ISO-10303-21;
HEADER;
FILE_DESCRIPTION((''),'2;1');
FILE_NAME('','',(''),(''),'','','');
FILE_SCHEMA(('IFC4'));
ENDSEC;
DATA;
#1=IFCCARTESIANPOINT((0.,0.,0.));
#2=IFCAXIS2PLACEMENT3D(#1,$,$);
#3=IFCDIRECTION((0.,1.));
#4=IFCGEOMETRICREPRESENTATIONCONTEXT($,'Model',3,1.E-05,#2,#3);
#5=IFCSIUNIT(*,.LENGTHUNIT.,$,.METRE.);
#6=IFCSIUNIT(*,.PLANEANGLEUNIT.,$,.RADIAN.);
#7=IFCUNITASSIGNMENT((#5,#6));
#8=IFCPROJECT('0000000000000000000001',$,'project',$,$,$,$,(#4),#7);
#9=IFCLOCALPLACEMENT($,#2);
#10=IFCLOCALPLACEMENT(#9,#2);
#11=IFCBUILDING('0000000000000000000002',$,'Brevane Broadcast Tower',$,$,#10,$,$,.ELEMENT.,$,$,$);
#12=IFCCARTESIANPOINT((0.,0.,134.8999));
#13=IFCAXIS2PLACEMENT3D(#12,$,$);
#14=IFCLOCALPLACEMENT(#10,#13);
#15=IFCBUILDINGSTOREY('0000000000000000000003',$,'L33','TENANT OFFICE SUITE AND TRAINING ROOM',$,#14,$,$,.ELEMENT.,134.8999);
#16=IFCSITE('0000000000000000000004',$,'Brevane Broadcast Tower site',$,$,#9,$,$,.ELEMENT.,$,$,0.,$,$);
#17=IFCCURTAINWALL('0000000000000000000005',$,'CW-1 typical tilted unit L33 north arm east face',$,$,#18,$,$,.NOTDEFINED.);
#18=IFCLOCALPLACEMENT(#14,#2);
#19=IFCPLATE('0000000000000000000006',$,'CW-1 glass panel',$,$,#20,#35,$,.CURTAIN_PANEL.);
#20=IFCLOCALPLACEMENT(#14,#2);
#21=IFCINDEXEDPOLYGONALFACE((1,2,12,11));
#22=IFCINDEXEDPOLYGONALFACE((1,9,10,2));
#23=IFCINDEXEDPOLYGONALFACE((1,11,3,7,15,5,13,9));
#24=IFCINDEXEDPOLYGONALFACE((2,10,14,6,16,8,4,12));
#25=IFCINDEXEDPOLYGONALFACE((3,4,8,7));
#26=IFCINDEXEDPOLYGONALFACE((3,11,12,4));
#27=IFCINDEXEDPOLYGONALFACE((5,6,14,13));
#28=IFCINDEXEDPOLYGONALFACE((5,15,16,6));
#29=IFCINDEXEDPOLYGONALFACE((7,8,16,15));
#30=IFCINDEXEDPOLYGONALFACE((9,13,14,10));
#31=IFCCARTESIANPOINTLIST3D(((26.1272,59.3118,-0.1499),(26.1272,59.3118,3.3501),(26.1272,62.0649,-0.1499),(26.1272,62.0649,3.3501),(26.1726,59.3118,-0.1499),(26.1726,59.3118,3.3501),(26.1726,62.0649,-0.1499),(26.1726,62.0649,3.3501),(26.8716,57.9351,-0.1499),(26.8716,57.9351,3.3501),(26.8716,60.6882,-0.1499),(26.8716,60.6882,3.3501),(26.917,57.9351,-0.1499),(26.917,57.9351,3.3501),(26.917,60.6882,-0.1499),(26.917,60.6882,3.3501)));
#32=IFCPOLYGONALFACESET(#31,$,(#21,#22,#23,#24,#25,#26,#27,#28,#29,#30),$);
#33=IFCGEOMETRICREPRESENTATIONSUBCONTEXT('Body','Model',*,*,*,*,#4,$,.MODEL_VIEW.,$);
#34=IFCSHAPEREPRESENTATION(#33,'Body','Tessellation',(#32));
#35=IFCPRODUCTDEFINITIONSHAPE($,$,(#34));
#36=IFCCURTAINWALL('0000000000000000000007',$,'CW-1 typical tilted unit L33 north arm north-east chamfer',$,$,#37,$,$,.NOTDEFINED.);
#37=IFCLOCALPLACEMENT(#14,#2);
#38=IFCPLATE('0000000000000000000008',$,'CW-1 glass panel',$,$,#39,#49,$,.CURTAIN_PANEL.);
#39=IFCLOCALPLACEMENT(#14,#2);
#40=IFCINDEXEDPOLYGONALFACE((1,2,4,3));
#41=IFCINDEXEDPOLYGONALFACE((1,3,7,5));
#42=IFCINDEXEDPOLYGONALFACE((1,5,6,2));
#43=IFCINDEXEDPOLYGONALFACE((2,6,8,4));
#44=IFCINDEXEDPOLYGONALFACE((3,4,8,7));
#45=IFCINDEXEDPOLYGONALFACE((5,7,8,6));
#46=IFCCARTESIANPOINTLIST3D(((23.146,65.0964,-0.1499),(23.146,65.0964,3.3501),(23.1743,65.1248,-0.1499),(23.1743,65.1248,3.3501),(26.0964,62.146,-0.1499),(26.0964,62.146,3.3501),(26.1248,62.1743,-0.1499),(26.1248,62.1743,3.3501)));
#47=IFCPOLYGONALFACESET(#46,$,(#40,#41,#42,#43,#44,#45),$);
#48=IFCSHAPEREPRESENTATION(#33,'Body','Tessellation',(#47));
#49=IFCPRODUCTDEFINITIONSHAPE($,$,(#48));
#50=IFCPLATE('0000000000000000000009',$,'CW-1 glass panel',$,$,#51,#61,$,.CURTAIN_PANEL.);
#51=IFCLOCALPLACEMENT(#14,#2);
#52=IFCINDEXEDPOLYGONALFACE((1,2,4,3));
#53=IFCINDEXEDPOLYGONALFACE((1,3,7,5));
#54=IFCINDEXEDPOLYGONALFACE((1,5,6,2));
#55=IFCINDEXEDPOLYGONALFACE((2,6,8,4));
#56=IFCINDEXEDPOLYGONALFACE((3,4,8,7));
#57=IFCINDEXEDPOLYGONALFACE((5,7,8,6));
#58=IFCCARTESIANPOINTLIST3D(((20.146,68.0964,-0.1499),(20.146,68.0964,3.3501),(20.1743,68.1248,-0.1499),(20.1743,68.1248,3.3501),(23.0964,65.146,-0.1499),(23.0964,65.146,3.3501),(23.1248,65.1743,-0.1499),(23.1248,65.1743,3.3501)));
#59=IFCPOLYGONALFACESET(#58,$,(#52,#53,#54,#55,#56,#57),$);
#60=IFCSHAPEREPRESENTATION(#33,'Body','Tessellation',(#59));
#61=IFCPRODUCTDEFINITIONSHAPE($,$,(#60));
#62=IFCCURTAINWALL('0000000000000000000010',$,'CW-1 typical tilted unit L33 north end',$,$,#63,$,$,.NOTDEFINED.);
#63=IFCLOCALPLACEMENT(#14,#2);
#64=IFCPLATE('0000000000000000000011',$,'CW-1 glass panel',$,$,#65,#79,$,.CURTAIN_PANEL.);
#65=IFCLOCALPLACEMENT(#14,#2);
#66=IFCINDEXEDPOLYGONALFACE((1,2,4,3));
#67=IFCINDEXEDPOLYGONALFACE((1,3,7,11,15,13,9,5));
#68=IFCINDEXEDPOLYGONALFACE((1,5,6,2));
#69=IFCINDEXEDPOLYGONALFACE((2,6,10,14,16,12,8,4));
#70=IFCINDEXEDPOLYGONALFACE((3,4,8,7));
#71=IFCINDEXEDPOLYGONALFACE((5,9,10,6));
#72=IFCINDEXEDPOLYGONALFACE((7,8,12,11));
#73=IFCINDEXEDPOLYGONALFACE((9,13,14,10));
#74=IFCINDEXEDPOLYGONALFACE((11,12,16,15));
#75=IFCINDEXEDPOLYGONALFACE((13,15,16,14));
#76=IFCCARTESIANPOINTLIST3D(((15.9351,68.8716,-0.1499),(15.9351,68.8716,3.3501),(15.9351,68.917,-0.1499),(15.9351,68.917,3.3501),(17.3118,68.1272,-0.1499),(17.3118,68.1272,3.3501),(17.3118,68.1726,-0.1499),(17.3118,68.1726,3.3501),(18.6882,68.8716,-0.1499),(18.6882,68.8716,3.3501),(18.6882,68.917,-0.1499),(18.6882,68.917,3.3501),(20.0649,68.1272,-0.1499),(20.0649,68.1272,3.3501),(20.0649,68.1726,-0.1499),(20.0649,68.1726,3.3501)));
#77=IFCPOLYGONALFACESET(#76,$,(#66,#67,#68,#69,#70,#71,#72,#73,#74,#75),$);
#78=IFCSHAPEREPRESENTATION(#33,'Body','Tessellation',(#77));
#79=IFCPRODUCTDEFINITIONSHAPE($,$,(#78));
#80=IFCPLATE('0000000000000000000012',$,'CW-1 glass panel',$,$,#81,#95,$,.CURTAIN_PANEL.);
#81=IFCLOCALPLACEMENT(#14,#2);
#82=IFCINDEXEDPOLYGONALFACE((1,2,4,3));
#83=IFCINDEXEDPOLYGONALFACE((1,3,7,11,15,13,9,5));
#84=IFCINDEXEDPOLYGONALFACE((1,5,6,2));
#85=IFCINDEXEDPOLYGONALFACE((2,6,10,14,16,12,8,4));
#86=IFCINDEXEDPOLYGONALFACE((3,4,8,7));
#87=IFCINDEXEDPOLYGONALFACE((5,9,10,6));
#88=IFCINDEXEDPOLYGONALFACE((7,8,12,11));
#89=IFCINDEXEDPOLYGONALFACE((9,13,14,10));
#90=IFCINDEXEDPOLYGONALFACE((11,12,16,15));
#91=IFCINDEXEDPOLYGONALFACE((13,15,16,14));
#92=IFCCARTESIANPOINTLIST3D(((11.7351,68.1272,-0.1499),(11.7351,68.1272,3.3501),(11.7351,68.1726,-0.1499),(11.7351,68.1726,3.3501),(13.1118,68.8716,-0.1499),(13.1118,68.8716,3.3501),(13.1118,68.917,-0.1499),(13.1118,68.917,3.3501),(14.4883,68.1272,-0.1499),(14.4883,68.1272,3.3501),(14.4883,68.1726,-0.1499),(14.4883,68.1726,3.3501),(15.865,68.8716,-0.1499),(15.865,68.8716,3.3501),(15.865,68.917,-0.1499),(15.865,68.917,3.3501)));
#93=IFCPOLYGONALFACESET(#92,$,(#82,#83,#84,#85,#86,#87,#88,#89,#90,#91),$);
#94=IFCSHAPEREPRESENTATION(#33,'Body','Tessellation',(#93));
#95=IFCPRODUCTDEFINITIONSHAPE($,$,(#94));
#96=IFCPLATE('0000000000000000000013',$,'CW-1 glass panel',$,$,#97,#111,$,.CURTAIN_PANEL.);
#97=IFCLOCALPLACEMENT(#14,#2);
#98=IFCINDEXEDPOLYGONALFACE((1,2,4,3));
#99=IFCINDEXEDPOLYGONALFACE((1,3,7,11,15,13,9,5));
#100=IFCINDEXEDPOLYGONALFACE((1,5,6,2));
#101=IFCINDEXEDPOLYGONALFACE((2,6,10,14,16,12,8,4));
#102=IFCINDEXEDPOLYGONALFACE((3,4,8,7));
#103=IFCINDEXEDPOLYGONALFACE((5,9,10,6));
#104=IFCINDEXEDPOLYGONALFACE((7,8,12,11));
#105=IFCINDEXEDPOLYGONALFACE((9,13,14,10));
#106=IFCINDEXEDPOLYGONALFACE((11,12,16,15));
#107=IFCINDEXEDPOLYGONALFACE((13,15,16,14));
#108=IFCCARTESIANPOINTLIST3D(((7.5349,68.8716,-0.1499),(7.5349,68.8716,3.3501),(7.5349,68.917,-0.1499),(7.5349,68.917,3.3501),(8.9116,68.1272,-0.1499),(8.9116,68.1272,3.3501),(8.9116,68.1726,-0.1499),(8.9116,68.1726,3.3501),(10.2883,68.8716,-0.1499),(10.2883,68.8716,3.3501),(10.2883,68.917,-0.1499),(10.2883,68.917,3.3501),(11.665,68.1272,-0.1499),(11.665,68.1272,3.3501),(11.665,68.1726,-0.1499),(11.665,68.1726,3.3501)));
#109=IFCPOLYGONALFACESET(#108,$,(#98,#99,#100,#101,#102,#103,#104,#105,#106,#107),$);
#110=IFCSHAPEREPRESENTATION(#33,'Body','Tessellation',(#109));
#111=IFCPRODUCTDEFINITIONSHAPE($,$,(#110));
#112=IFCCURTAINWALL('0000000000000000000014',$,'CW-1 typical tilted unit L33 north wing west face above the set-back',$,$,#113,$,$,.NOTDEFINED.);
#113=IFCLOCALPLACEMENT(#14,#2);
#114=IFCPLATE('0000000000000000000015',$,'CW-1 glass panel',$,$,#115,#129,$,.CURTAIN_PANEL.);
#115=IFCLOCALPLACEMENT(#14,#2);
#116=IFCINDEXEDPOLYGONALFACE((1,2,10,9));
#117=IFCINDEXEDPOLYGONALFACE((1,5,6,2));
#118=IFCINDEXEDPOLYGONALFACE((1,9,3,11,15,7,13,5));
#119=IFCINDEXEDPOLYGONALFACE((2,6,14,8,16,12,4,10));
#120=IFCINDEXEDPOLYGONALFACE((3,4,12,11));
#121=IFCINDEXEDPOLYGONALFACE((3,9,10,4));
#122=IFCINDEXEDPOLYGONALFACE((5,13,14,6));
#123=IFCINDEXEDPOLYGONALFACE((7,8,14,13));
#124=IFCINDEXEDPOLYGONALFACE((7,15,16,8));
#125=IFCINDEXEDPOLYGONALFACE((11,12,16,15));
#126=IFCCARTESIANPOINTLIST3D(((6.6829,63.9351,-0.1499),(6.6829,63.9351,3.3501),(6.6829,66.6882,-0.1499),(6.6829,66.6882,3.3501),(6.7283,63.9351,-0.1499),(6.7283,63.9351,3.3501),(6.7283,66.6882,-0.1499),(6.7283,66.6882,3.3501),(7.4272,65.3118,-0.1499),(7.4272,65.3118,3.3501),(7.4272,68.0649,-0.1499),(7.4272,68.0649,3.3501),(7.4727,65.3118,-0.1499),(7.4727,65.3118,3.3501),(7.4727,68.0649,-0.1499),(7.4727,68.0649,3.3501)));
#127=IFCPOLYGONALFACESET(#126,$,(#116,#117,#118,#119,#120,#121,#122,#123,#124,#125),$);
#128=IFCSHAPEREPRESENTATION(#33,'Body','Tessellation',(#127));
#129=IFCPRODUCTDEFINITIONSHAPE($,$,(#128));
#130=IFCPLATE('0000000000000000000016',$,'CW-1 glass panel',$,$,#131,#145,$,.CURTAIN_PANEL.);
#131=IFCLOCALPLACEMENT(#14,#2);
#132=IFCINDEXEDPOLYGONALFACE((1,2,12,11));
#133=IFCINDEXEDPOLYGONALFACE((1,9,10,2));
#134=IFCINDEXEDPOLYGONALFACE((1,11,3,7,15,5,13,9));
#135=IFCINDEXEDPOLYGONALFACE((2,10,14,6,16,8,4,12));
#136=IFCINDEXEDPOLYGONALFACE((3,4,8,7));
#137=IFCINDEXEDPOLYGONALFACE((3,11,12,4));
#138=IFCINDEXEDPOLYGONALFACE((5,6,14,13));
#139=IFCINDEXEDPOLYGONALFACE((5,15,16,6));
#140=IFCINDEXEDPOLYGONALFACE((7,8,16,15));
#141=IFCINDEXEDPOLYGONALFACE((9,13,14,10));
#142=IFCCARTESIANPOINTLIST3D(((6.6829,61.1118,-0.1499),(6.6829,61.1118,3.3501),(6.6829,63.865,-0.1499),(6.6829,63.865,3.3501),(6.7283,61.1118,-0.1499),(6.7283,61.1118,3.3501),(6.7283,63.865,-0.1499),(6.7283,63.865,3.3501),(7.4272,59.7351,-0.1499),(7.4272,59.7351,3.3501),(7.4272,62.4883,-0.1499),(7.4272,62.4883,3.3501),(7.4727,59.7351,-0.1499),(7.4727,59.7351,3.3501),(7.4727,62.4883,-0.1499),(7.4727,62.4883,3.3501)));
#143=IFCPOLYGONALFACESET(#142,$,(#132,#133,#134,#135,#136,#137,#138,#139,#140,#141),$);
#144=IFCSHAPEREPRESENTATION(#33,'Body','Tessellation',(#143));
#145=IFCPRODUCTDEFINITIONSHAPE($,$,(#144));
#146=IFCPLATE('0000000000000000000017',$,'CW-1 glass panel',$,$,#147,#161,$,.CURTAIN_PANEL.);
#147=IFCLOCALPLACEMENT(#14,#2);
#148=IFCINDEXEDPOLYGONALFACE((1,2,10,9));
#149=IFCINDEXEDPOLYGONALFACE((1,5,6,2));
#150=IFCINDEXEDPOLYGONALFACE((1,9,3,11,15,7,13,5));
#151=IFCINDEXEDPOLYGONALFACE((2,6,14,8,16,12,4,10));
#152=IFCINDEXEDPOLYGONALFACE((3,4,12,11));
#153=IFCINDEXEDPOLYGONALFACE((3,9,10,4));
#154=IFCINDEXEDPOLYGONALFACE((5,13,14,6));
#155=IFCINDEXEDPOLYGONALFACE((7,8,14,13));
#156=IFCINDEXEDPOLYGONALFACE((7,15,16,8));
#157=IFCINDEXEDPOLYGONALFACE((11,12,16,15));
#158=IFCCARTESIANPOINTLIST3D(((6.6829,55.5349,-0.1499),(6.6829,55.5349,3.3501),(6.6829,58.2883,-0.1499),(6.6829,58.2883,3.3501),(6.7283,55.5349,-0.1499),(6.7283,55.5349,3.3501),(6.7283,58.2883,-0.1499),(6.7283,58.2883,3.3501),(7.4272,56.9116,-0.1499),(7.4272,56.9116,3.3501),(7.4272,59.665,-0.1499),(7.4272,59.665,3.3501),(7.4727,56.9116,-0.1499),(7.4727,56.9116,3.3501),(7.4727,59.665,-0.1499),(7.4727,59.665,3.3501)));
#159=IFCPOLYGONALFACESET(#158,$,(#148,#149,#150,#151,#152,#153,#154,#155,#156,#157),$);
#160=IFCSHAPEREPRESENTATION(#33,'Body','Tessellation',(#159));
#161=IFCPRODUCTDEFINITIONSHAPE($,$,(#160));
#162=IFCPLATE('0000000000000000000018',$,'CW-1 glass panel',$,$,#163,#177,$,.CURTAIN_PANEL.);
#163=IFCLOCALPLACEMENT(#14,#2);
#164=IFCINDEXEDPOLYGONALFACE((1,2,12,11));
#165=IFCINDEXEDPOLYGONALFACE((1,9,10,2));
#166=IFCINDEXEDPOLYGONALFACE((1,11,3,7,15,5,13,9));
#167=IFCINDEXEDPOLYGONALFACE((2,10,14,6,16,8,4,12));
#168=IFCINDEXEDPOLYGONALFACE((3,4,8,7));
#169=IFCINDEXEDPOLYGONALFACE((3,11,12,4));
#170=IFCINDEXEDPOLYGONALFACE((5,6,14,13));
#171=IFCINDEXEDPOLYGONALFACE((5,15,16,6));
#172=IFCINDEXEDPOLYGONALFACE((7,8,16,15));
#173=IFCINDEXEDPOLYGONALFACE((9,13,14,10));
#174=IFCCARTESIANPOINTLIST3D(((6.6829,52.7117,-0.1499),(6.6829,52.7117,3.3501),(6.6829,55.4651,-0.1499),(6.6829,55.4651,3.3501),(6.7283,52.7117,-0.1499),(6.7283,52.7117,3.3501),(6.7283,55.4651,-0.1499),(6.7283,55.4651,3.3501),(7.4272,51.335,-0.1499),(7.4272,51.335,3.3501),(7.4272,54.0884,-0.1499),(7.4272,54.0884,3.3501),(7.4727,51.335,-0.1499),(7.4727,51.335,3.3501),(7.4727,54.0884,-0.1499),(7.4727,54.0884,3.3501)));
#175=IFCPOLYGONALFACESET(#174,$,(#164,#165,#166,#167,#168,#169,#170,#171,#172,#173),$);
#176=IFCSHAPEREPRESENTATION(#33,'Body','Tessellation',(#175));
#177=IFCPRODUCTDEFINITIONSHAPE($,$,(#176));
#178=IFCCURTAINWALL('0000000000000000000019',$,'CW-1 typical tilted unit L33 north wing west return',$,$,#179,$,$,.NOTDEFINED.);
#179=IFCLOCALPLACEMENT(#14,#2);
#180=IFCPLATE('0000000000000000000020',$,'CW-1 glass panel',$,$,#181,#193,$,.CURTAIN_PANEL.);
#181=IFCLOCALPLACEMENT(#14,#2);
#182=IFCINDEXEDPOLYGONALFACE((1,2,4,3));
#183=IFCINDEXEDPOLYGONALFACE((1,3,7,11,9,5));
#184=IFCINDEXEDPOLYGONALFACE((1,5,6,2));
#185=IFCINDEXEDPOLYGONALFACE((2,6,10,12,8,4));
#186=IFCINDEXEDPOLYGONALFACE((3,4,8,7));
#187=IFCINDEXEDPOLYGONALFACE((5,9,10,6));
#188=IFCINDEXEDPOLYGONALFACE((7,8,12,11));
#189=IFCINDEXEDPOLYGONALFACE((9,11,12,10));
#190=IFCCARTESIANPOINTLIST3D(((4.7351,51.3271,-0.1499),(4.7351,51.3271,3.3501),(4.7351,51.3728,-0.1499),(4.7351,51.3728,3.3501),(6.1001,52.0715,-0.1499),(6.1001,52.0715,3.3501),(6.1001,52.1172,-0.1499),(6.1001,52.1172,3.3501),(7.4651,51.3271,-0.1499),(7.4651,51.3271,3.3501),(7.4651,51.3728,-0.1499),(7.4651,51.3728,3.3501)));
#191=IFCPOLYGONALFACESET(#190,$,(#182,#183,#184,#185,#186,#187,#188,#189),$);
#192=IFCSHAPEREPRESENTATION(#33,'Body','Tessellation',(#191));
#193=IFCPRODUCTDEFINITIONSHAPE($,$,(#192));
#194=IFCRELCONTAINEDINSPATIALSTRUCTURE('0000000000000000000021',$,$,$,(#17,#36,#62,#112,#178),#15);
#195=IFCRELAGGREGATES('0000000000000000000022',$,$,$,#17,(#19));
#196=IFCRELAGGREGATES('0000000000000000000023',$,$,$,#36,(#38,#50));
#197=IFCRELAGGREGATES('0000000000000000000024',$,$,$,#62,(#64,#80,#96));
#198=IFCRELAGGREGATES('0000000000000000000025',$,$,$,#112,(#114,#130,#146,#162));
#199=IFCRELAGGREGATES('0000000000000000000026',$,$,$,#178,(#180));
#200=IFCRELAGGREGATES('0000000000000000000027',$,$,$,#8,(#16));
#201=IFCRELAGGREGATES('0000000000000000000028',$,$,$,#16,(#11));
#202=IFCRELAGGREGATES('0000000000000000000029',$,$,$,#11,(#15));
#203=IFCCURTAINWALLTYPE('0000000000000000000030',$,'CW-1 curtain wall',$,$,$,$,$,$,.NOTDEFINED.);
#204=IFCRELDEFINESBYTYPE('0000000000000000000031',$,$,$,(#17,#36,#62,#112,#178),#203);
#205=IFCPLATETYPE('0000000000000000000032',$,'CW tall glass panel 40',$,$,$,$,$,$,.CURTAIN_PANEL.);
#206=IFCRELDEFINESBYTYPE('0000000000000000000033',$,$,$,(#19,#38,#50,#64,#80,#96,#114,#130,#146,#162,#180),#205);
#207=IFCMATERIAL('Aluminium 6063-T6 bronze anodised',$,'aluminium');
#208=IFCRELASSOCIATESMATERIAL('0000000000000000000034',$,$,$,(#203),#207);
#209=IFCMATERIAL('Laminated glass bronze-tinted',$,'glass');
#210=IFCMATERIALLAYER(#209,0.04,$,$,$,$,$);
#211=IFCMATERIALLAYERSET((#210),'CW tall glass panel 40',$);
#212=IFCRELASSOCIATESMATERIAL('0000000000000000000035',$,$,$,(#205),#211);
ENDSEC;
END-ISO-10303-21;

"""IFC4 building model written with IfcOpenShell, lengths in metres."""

from ifc_helpers import new_model, si_unit, direction, frame, origin, place, context, subcontext, project, spatial, polyline, outline, extrude, material, layer, layer_set, type_object, element, aggregate, save


model = new_model("IFC4")

# Units and contexts
model_context = context("Model", 3, precision=1e-05, world=origin(), true_north=direction((0.0, 1.0)))
body_context = subcontext(model_context, "Body", "Model", "MODEL_VIEW")
ifc_project = project(units=[si_unit("LENGTHUNIT", "METRE"), si_unit("PLANEANGLEUNIT", "RADIAN")], contexts=[model_context])

# Site, building, storey
site_placement = place(None, origin())
site = spatial("IfcSite", under=ifc_project, at=site_placement, Name="Brevane Broadcast Tower site", CompositionType="ELEMENT", RefElevation=0.0)
building_placement = place(site_placement, origin())
building = spatial("IfcBuilding", under=site, at=building_placement, Name="Brevane Broadcast Tower", CompositionType="ELEMENT")
storey_placement = place(building_placement, frame((0.0, 0.0, 134.8999)))
storey = spatial("IfcBuildingStorey", under=building, at=storey_placement, Name="L33", Description="TENANT OFFICE SUITE AND TRAINING ROOM", CompositionType="ELEMENT", Elevation=134.8999)

# Shared definitions
ifc_material_1 = material(Name="Aluminium 6063-T6 bronze anodised", Category="aluminium")
curtain_wall_type = type_object("IfcCurtainWallType", Name="CW-1 curtain wall", PredefinedType="NOTDEFINED", material=ifc_material_1)

# Curtain walls, plates
ifc_material_2 = material(Name="Laminated glass bronze-tinted", Category="glass")
ifc_layer = layer(ifc_material_2, 0.04)
ifc_layer_set = layer_set([ifc_layer], Name="CW tall glass panel 40")
plate_type = type_object("IfcPlateType", Name="CW tall glass panel 40", PredefinedType="CURTAIN_PANEL", material=ifc_layer_set)
curtain_wall_1_placement = place(storey_placement, origin())
curtain_wall_1 = element("IfcCurtainWall", 1, at=curtain_wall_1_placement, inside=storey, type_object=curtain_wall_type, Name="CW-1 typical tilted unit L33 north arm east face", PredefinedType="NOTDEFINED")
plate_1_placement = place(storey_placement, frame((0.0, 0.0, -0.1499)))
plate_1 = element("IfcPlate", 2, at=plate_1_placement, type_object=plate_type, Name="CW-1 glass panel", PredefinedType="CURTAIN_PANEL", context=body_context, shape_type="SweptSolid", body=[
    extrude(outline(polyline([(26.8716, 57.9351), (26.917, 57.9351), (26.1726, 59.3118), (26.917, 60.6882), (26.1726, 62.0649), (26.1272, 62.0649), (26.8716, 60.6882), (26.1272, 59.3118), (26.8716, 57.9351)])), origin(), (0.0, 0.0, 1.0), 3.5),
])
aggregate(curtain_wall_1, [plate_1])
curtain_wall_2_placement = place(storey_placement, origin())
curtain_wall_2 = element("IfcCurtainWall", 3, at=curtain_wall_2_placement, inside=storey, type_object=curtain_wall_type, Name="CW-1 typical tilted unit L33 north arm north-east chamfer", PredefinedType="NOTDEFINED")
plate_2_placement = place(storey_placement, frame((0.0, 0.0, -0.1499)))
plate_2 = element("IfcPlate", 4, at=plate_2_placement, type_object=plate_type, Name="CW-1 glass panel", PredefinedType="CURTAIN_PANEL", context=body_context, shape_type="SweptSolid", body=[
    extrude(outline(polyline([(26.0964, 62.146), (23.146, 65.0964), (23.1743, 65.1248), (26.1248, 62.1743), (26.0964, 62.146)])), origin(), (0.0, 0.0, 1.0), 3.5),
])
plate_3_placement = place(storey_placement, frame((0.0, 0.0, -0.1499)))
plate_3 = element("IfcPlate", 5, at=plate_3_placement, type_object=plate_type, Name="CW-1 glass panel", PredefinedType="CURTAIN_PANEL", context=body_context, shape_type="SweptSolid", body=[
    extrude(outline(polyline([(23.0964, 65.146), (20.146, 68.0964), (20.1743, 68.1248), (23.1248, 65.1743), (23.0964, 65.146)])), origin(), (0.0, 0.0, 1.0), 3.5),
])
aggregate(curtain_wall_2, [plate_2, plate_3])
curtain_wall_3_placement = place(storey_placement, origin())
curtain_wall_3 = element("IfcCurtainWall", 6, at=curtain_wall_3_placement, inside=storey, type_object=curtain_wall_type, Name="CW-1 typical tilted unit L33 north end", PredefinedType="NOTDEFINED")
plate_4_placement = place(storey_placement, frame((0.0, 0.0, -0.1499)))
plate_4 = element("IfcPlate", 7, at=plate_4_placement, type_object=plate_type, Name="CW-1 glass panel", PredefinedType="CURTAIN_PANEL", context=body_context, shape_type="SweptSolid", body=[
    extrude(outline(polyline([(20.0649, 68.1272), (20.0649, 68.1726), (18.6882, 68.917), (17.3118, 68.1726), (15.9351, 68.917), (15.9351, 68.8716), (17.3118, 68.1272), (18.6882, 68.8716), (20.0649, 68.1272)])), origin(), (0.0, 0.0, 1.0), 3.5),
])
plate_5_placement = place(storey_placement, frame((0.0, 0.0, -0.1499)))
plate_5 = element("IfcPlate", 8, at=plate_5_placement, type_object=plate_type, Name="CW-1 glass panel", PredefinedType="CURTAIN_PANEL", context=body_context, shape_type="SweptSolid", body=[
    extrude(outline(polyline([(15.865, 68.8716), (15.865, 68.917), (14.4883, 68.1726), (13.1118, 68.917), (11.7351, 68.1726), (11.7351, 68.1272), (13.1118, 68.8716), (14.4883, 68.1272), (15.865, 68.8716)])), origin(), (0.0, 0.0, 1.0), 3.5),
])
plate_6_placement = place(storey_placement, frame((0.0, 0.0, -0.1499)))
plate_6 = element("IfcPlate", 9, at=plate_6_placement, type_object=plate_type, Name="CW-1 glass panel", PredefinedType="CURTAIN_PANEL", context=body_context, shape_type="SweptSolid", body=[
    extrude(outline(polyline([(11.665, 68.1272), (11.665, 68.1726), (10.2883, 68.917), (8.9116, 68.1726), (7.5349, 68.917), (7.5349, 68.8716), (8.9116, 68.1272), (10.2883, 68.8716), (11.665, 68.1272)])), origin(), (0.0, 0.0, 1.0), 3.5),
])
aggregate(curtain_wall_3, [plate_4, plate_5, plate_6])
curtain_wall_4_placement = place(storey_placement, origin())
curtain_wall_4 = element("IfcCurtainWall", 10, at=curtain_wall_4_placement, inside=storey, type_object=curtain_wall_type, Name="CW-1 typical tilted unit L33 north wing west face above the set-back", PredefinedType="NOTDEFINED")
plate_7_placement = place(storey_placement, frame((0.0, 0.0, -0.1499)))
plate_7 = element("IfcPlate", 11, at=plate_7_placement, type_object=plate_type, Name="CW-1 glass panel", PredefinedType="CURTAIN_PANEL", context=body_context, shape_type="SweptSolid", body=[
    extrude(outline(polyline([(7.4727, 68.0649), (7.4272, 68.0649), (6.6829, 66.6882), (7.4272, 65.3118), (6.6829, 63.9351), (6.7283, 63.9351), (7.4727, 65.3118), (6.7283, 66.6882), (7.4727, 68.0649)])), origin(), (0.0, 0.0, 1.0), 3.5),
])
plate_8_placement = place(storey_placement, frame((0.0, 0.0, -0.1499)))
plate_8 = element("IfcPlate", 12, at=plate_8_placement, type_object=plate_type, Name="CW-1 glass panel", PredefinedType="CURTAIN_PANEL", context=body_context, shape_type="SweptSolid", body=[
    extrude(outline(polyline([(6.7283, 63.865), (6.6829, 63.865), (7.4272, 62.4883), (6.6829, 61.1118), (7.4272, 59.7351), (7.4727, 59.7351), (6.7283, 61.1118), (7.4727, 62.4883), (6.7283, 63.865)])), origin(), (0.0, 0.0, 1.0), 3.5),
])
plate_9_placement = place(storey_placement, frame((0.0, 0.0, -0.1499)))
plate_9 = element("IfcPlate", 13, at=plate_9_placement, type_object=plate_type, Name="CW-1 glass panel", PredefinedType="CURTAIN_PANEL", context=body_context, shape_type="SweptSolid", body=[
    extrude(outline(polyline([(7.4727, 59.665), (7.4272, 59.665), (6.6829, 58.2883), (7.4272, 56.9116), (6.6829, 55.5349), (6.7283, 55.5349), (7.4727, 56.9116), (6.7283, 58.2883), (7.4727, 59.665)])), origin(), (0.0, 0.0, 1.0), 3.5),
])
plate_10_placement = place(storey_placement, frame((0.0, 0.0, -0.1499)))
plate_10 = element("IfcPlate", 14, at=plate_10_placement, type_object=plate_type, Name="CW-1 glass panel", PredefinedType="CURTAIN_PANEL", context=body_context, shape_type="SweptSolid", body=[
    extrude(outline(polyline([(6.7283, 55.4651), (6.6829, 55.4651), (7.4272, 54.0884), (6.6829, 52.7117), (7.4272, 51.335), (7.4727, 51.335), (6.7283, 52.7117), (7.4727, 54.0884), (6.7283, 55.4651)])), origin(), (0.0, 0.0, 1.0), 3.5),
])
aggregate(curtain_wall_4, [plate_7, plate_8, plate_9, plate_10])

# Curtain wall, plate
curtain_wall_5_placement = place(storey_placement, origin())
curtain_wall_5 = element("IfcCurtainWall", 15, at=curtain_wall_5_placement, inside=storey, type_object=curtain_wall_type, Name="CW-1 typical tilted unit L33 north wing west return", PredefinedType="NOTDEFINED")
plate_11_placement = place(storey_placement, frame((0.0, 0.0, -0.1499)))
plate_11 = element("IfcPlate", 16, at=plate_11_placement, type_object=plate_type, Name="CW-1 glass panel", PredefinedType="CURTAIN_PANEL", context=body_context, shape_type="SweptSolid", body=[
    extrude(outline(polyline([(7.4651, 51.3271), (7.4651, 51.3728), (6.1001, 52.1172), (4.7351, 51.3728), (4.7351, 51.3271), (6.1001, 52.0715), (7.4651, 51.3271)])), origin(), (0.0, 0.0, 1.0), 3.5),
])
aggregate(curtain_wall_5, [plate_11])

save(model, "model.ifc")
